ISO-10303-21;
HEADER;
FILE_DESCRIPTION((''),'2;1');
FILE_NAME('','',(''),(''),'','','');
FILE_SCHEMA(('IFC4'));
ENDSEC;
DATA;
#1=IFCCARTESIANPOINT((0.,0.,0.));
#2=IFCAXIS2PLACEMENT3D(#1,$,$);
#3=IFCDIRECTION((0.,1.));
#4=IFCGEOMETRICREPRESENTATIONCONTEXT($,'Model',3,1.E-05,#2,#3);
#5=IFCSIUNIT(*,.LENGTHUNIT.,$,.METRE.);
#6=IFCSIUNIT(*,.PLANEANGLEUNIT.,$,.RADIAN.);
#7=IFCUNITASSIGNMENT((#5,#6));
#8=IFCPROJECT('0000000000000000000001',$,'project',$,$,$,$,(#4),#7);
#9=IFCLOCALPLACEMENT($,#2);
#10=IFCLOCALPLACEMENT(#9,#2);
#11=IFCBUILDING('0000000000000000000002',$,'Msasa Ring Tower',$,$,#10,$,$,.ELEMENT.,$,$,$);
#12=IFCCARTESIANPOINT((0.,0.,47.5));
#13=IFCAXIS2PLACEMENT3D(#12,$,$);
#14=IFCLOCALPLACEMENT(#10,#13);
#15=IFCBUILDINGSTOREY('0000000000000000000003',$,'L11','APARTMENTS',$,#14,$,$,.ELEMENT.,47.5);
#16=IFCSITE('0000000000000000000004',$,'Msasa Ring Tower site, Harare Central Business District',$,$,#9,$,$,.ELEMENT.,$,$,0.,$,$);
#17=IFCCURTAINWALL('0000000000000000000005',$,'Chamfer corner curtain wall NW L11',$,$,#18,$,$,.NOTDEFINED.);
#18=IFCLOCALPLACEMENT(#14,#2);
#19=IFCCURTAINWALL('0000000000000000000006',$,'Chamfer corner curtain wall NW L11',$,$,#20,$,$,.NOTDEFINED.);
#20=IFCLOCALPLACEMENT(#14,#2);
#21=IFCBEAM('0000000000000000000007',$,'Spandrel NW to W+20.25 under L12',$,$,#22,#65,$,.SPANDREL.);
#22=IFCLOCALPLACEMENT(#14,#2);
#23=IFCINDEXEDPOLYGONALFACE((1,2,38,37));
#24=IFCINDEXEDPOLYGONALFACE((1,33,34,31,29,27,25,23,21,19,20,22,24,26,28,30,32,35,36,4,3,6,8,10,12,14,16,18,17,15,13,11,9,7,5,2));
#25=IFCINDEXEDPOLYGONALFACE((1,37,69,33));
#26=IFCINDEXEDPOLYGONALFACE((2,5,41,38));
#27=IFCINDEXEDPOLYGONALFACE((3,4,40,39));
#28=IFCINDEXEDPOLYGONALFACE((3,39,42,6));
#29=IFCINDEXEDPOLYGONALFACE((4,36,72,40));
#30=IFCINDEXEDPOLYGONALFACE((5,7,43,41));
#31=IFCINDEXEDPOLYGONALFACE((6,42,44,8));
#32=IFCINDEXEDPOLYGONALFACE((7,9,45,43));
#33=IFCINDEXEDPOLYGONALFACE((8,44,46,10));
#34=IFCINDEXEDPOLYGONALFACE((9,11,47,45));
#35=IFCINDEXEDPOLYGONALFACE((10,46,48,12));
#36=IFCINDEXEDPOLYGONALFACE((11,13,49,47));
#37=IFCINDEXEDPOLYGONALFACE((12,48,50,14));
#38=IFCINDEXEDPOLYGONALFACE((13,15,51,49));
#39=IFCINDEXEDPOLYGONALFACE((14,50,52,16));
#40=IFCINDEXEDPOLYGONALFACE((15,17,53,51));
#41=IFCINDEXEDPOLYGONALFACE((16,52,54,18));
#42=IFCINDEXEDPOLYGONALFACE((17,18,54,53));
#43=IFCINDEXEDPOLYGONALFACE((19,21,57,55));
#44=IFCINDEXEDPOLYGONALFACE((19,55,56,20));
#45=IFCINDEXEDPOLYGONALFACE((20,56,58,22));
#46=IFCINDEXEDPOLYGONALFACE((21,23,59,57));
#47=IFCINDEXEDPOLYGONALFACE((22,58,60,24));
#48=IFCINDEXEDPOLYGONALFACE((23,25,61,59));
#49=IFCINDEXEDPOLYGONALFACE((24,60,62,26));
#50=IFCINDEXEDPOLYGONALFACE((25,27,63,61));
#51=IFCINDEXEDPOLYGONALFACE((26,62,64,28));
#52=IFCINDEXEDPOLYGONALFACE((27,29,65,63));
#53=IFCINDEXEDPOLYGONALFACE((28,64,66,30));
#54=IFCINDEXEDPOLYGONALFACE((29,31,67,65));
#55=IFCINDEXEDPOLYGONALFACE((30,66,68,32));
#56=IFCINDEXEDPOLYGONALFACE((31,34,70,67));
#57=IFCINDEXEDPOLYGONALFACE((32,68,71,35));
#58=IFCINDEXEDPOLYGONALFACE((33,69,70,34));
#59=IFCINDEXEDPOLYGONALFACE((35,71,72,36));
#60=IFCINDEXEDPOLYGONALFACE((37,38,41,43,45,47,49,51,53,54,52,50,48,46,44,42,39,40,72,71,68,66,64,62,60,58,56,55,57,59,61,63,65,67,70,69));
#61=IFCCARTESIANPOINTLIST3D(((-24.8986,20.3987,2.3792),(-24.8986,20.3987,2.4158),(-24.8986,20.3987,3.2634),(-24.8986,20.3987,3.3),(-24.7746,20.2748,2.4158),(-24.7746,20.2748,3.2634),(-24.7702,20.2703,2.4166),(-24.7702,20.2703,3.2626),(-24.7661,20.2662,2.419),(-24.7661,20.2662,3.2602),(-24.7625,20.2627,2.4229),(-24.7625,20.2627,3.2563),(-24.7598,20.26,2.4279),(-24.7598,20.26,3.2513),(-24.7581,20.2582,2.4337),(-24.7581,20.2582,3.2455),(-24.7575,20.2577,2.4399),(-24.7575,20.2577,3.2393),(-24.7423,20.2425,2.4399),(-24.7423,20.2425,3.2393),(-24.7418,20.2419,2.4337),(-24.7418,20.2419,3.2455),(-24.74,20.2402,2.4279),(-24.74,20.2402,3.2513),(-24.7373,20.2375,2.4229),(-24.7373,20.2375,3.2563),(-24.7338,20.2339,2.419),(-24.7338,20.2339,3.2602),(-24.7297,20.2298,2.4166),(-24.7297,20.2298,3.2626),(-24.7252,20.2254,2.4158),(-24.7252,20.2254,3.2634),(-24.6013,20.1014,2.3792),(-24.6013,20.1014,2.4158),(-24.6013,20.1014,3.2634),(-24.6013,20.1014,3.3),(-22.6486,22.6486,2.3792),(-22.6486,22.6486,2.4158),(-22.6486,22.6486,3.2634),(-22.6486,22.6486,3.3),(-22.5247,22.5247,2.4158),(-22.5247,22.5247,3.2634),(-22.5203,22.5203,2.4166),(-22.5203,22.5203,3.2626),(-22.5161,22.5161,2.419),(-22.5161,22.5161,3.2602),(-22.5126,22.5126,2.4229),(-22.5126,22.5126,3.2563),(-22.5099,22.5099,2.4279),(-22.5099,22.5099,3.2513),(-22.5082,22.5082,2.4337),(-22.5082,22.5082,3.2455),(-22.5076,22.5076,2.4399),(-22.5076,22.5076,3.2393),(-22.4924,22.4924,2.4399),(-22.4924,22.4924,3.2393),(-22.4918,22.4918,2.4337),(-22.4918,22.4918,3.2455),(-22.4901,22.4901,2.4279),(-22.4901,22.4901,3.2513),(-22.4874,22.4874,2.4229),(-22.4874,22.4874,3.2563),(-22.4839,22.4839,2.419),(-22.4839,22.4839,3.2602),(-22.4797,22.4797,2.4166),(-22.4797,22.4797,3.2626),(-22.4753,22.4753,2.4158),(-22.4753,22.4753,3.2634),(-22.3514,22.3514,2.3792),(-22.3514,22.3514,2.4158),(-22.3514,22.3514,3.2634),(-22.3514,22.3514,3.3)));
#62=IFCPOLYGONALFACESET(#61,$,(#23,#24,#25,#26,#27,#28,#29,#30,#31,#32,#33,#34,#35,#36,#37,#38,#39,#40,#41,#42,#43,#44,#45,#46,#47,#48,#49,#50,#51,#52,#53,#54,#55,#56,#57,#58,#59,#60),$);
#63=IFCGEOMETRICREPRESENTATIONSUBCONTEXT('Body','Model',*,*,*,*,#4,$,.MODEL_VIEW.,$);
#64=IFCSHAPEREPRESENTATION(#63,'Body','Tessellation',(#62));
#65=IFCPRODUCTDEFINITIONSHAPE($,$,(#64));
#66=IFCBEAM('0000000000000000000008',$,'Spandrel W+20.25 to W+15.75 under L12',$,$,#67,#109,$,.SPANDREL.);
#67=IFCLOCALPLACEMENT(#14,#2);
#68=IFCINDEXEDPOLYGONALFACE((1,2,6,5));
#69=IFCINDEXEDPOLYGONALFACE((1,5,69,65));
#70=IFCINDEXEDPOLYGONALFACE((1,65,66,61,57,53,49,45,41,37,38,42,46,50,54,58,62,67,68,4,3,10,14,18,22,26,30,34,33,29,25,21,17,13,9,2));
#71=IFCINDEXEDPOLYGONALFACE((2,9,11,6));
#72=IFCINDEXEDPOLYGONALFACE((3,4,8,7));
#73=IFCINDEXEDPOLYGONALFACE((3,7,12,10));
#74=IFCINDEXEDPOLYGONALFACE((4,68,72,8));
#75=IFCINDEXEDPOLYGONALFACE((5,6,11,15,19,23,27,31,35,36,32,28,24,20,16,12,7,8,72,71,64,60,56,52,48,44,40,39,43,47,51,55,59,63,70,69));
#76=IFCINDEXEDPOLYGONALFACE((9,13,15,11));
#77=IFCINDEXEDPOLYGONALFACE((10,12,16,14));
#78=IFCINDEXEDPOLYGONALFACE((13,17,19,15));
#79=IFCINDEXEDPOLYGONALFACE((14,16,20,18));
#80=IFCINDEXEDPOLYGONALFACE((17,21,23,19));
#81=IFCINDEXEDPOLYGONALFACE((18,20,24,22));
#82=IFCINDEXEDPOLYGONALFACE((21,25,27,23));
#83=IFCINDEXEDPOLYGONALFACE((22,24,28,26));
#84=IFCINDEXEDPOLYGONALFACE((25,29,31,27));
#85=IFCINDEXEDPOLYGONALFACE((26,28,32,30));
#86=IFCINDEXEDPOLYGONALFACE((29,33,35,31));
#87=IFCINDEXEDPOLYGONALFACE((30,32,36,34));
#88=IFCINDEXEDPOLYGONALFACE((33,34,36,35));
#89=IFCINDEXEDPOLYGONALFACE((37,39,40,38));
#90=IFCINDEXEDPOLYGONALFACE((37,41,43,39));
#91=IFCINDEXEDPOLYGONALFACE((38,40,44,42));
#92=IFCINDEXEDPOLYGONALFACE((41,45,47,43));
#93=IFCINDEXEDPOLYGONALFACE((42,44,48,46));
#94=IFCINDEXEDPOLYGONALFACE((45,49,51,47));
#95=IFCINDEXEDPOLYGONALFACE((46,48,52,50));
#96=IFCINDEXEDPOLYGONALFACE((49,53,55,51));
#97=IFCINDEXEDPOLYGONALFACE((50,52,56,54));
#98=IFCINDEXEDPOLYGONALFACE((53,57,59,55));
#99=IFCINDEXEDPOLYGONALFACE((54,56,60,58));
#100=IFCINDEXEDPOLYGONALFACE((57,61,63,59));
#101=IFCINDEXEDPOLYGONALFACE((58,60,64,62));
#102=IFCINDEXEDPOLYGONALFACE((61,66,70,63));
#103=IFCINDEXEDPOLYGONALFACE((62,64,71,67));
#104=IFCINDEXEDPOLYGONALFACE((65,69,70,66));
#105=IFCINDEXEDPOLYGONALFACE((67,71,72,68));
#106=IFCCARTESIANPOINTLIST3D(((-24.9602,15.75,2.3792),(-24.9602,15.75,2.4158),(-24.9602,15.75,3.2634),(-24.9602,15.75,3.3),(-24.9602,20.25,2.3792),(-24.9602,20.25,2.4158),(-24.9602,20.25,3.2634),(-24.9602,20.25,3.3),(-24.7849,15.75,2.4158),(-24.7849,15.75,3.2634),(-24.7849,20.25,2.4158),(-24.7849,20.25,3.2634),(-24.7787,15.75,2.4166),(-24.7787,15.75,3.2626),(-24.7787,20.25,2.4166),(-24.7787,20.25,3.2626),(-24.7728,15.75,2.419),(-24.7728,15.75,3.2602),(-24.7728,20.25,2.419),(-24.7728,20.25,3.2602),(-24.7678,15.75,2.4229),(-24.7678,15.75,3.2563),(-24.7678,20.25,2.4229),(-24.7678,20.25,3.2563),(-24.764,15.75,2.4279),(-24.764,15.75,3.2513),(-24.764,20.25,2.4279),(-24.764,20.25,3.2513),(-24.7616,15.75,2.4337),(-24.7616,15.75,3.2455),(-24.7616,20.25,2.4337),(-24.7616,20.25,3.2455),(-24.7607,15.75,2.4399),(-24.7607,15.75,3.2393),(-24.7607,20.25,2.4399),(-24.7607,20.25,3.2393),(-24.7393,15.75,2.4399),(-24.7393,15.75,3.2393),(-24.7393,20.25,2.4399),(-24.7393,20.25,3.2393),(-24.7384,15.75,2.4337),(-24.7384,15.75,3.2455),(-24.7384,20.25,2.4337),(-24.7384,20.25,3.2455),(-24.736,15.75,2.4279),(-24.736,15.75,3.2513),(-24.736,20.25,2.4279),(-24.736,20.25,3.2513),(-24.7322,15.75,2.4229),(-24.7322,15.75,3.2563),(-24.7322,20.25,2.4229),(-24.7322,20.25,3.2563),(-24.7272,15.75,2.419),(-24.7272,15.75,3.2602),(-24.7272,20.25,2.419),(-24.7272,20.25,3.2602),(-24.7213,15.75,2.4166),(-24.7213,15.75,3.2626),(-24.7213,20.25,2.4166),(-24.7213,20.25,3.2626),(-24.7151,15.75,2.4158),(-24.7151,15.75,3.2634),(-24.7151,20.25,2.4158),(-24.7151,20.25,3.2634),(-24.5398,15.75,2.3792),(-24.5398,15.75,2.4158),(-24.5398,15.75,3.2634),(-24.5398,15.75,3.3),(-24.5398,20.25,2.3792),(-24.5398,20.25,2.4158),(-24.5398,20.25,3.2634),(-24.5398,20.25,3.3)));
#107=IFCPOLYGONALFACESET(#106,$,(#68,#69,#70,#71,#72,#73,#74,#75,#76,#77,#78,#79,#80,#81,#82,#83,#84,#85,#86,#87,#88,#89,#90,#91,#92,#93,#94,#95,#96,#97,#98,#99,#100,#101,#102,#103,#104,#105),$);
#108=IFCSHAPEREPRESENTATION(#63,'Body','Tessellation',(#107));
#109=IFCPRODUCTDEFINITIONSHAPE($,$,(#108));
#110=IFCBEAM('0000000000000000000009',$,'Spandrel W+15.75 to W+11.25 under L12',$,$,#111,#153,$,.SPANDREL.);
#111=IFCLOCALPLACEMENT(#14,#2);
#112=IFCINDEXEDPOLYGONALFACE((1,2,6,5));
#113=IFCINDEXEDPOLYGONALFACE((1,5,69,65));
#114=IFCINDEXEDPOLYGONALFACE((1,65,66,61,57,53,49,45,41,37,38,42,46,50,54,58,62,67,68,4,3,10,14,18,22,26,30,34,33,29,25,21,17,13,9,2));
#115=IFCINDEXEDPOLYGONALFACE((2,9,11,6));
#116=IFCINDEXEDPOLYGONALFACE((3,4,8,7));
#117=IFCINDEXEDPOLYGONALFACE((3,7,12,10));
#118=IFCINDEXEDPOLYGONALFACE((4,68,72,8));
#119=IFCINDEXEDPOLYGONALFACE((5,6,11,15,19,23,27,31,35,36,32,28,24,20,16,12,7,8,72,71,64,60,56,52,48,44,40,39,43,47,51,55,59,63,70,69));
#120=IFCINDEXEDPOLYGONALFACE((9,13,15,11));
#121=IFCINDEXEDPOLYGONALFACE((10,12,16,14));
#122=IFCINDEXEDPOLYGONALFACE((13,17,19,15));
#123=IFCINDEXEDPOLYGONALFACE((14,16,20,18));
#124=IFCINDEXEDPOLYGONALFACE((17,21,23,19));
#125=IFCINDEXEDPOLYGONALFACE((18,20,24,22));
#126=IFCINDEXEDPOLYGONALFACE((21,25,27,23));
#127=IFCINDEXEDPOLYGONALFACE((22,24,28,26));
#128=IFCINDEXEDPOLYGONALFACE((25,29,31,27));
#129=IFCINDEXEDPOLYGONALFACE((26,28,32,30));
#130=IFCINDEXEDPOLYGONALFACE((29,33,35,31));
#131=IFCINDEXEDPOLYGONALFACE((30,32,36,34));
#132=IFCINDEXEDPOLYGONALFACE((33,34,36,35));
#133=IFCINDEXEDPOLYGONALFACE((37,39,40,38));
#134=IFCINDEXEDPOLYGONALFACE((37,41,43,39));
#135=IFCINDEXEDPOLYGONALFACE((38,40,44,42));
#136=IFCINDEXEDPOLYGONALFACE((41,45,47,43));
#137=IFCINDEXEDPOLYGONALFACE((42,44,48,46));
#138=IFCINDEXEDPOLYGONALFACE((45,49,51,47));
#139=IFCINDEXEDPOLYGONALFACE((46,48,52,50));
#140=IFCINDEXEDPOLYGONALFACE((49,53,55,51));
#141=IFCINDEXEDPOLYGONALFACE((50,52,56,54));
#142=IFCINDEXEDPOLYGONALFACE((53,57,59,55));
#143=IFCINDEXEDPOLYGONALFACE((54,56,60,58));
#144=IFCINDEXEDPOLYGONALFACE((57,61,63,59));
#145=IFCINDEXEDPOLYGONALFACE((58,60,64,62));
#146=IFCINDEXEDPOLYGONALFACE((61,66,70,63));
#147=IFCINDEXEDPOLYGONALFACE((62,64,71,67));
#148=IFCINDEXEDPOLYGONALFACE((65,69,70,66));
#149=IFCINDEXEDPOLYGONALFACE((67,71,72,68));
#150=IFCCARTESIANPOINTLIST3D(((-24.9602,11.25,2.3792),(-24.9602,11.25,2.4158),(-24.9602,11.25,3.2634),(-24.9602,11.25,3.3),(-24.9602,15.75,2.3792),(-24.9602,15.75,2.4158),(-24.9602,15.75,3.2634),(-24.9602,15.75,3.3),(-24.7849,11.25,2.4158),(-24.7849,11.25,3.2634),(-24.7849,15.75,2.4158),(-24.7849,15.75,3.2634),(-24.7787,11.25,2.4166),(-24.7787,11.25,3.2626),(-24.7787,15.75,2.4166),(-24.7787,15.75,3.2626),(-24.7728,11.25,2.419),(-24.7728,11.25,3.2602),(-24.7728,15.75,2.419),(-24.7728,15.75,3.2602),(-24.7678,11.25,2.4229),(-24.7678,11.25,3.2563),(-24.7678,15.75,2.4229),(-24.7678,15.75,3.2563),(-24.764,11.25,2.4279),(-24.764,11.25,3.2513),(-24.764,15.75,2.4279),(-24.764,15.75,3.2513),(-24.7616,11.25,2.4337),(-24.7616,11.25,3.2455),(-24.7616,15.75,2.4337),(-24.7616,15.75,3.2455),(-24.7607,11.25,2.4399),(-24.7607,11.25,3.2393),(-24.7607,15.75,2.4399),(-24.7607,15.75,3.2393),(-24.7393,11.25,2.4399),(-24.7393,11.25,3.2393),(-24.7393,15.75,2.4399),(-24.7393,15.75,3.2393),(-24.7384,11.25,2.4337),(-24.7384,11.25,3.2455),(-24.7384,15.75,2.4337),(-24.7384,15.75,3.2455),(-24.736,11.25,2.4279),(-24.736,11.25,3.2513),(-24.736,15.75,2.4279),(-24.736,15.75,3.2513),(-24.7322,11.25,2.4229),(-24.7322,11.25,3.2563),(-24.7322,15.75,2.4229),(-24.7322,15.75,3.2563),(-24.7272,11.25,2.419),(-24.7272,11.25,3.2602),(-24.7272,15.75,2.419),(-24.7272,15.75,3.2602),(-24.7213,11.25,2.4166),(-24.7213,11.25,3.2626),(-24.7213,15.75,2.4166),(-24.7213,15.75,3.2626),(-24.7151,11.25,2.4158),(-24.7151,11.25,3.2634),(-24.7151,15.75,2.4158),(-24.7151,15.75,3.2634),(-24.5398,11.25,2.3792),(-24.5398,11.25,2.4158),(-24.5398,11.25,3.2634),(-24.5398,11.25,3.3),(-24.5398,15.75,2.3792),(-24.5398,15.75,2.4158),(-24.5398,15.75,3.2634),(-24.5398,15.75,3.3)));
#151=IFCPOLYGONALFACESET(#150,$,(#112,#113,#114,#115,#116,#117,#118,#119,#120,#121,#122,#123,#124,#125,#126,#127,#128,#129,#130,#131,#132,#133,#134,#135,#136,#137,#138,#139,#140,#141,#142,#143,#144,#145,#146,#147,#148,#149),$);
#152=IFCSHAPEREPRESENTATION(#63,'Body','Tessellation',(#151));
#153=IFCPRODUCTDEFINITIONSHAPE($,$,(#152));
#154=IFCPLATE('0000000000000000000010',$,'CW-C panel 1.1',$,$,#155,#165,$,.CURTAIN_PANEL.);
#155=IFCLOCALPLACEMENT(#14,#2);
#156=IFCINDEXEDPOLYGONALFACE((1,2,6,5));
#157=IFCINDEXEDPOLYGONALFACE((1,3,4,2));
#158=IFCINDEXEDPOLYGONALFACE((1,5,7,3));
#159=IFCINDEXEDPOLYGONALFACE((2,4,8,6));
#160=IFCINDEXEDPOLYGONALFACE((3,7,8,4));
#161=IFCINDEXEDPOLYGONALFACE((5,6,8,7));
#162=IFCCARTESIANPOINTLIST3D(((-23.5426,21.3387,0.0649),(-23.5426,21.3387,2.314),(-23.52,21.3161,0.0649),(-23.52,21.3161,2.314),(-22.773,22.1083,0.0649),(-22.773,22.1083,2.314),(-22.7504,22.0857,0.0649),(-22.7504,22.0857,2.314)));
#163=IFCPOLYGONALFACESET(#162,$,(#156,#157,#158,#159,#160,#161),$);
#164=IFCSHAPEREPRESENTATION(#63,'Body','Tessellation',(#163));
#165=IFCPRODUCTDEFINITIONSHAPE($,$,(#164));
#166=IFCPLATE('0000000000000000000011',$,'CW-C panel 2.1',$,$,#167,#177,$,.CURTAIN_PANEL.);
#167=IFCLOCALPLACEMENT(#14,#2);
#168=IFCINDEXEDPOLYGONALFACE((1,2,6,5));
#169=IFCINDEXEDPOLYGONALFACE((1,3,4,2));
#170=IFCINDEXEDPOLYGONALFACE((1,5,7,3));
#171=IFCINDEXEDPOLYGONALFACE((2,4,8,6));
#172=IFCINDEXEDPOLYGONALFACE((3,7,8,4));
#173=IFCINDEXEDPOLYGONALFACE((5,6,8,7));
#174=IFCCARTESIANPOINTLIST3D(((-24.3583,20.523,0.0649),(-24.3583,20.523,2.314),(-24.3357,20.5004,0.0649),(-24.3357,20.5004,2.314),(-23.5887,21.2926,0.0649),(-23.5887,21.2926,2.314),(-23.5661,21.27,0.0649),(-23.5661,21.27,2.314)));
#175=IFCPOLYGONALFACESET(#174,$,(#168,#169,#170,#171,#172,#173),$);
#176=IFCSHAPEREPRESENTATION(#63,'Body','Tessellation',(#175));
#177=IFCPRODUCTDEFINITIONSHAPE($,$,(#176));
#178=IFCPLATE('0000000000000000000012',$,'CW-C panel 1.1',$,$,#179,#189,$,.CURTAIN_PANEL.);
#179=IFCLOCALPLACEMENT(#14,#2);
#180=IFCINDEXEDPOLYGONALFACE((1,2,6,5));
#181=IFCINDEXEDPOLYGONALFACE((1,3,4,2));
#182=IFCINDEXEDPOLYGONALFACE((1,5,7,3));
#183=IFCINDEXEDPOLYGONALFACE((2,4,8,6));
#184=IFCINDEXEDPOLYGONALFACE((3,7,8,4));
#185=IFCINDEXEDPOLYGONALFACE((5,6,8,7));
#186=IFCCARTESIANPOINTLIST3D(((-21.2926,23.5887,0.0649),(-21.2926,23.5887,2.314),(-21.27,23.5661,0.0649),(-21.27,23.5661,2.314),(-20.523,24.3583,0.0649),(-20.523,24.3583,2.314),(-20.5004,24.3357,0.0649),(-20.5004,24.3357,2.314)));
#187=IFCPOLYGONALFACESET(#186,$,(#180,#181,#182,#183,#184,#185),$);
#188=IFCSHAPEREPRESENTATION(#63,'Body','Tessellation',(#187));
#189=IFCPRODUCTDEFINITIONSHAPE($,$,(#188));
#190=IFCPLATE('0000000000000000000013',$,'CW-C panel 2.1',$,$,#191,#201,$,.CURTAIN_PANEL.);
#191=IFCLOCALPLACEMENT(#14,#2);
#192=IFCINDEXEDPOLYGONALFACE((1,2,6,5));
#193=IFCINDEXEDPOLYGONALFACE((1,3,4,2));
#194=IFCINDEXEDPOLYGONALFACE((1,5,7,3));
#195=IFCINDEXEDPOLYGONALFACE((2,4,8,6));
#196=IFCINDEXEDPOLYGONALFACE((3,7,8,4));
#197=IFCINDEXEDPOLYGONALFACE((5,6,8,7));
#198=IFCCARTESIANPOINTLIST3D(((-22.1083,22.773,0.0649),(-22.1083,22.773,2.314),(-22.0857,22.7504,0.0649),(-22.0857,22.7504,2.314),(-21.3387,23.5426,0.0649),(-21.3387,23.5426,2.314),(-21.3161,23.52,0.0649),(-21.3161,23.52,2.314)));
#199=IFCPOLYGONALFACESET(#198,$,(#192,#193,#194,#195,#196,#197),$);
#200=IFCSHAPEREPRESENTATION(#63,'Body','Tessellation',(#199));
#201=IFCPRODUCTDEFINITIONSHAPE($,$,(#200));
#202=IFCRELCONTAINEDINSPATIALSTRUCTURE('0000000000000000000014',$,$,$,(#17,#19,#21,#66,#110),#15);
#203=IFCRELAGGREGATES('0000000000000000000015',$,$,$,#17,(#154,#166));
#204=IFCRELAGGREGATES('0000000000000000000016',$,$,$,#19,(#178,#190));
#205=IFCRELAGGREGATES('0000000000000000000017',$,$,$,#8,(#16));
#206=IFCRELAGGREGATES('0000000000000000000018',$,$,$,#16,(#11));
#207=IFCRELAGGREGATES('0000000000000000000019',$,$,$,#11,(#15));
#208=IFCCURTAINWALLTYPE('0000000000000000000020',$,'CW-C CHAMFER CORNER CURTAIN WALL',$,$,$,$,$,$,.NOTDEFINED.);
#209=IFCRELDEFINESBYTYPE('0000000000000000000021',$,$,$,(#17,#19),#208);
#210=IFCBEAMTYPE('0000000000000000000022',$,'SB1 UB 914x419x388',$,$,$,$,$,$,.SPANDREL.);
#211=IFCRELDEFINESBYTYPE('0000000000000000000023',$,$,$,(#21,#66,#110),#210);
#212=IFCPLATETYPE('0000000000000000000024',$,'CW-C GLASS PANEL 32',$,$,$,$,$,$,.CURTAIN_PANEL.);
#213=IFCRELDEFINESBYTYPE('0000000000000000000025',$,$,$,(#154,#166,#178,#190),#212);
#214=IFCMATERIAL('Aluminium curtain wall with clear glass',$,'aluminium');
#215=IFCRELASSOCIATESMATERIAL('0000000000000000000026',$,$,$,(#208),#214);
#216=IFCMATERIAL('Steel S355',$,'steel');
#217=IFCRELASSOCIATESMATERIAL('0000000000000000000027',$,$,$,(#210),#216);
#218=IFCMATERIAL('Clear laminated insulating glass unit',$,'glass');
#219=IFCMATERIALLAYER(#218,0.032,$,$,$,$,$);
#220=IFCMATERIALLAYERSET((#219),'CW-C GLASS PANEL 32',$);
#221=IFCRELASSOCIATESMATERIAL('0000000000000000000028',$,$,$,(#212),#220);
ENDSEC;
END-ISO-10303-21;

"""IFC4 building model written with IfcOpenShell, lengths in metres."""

from ifc_helpers import new_model, si_unit, direction, frame, origin, origin_2d, place, context, subcontext, project, spatial, rectangle, i_section, extrude, material, layer, layer_set, material_profile, profile_set, type_object, element, aggregate, save


model = new_model("IFC4")

# Units and contexts
model_context = context("Model", 3, precision=1e-05, world=origin(), true_north=direction((0.0, 1.0)))
body_context = subcontext(model_context, "Body", "Model", "MODEL_VIEW")
ifc_project = project(units=[si_unit("LENGTHUNIT", "METRE"), si_unit("PLANEANGLEUNIT", "RADIAN")], contexts=[model_context])

# Site, building, storey
site_placement = place(None, origin())
site = spatial("IfcSite", under=ifc_project, at=site_placement, Name="Msasa Ring Tower site, Harare Central Business District", CompositionType="ELEMENT", RefElevation=0.0)
building_placement = place(site_placement, origin())
building = spatial("IfcBuilding", under=site, at=building_placement, Name="Msasa Ring Tower", CompositionType="ELEMENT")
storey_placement = place(building_placement, frame((0.0, 0.0, 47.5)))
storey = spatial("IfcBuildingStorey", under=building, at=storey_placement, Name="L11", Description="APARTMENTS", CompositionType="ELEMENT", Elevation=47.5)

# Curtain walls
ifc_material_1 = material(Name="Aluminium curtain wall with clear glass", Category="aluminium")
curtain_wall_type = type_object("IfcCurtainWallType", Name="CW-C CHAMFER CORNER CURTAIN WALL", PredefinedType="NOTDEFINED", material=ifc_material_1)
curtain_wall_1_placement = place(storey_placement, origin())
curtain_wall_1 = element("IfcCurtainWall", 1, at=curtain_wall_1_placement, inside=storey, type_object=curtain_wall_type, Name="Chamfer corner curtain wall NW L11", PredefinedType="NOTDEFINED")
curtain_wall_2_placement = place(storey_placement, origin())
curtain_wall_2 = element("IfcCurtainWall", 2, at=curtain_wall_2_placement, inside=storey, type_object=curtain_wall_type, Name="Chamfer corner curtain wall NW L11", PredefinedType="NOTDEFINED")

# Beams
ifc_material_2 = material(Name="Steel S355", Category="steel")
ifc_material_profile_1 = material_profile(ifc_material_2, i_section(OverallWidth=0.4204, OverallDepth=0.9209, WebThickness=0.0215, FlangeThickness=0.0366, FilletRadius=0.0242, at=origin_2d()), Name="UB 914x419x388")
ifc_profile_set_1 = profile_set([ifc_material_profile_1], Name="Steel S355")
beam_type_1 = type_object("IfcBeamType", Name="SB1 UB 914x419x388", PredefinedType="SPANDREL", material=ifc_profile_set_1)
for number, where, z_axis, x_axis, name in (
    (3, (-22.5, 22.5, 2.8396), (-0.707107, -0.707107, 0.0), (0.707107, -0.707107, 0.0), "Spandrel NW to W+20.25 under L12"),
):
    element("IfcBeam", number, at=place(storey_placement, frame(where, z_axis=z_axis, x_axis=x_axis)), inside=storey, type_object=beam_type_1, Name=name, PredefinedType="SPANDREL", context=body_context, shape_type="SweptSolid", body=[
        extrude(i_section(OverallWidth=0.4204, OverallDepth=0.9209, WebThickness=0.0215, FlangeThickness=0.0366, FilletRadius=0.0242, at=origin_2d()), origin(), (0.0, 0.0, 1.0), 3.1819),
    ])
for number, where, z_axis, x_axis, name in (
    (4, (-24.75, 20.25, 2.8396), (0.0, -1.0, 0.0), (1.0, 0.0, 0.0), "Spandrel W+20.25 to W+15.75 under L12"),
    (5, (-24.75, 15.75, 2.8396), (0.0, -1.0, 0.0), (1.0, 0.0, 0.0), "Spandrel W+15.75 to W+11.25 under L12"),
):
    element("IfcBeam", number, at=place(storey_placement, frame(where, z_axis=z_axis, x_axis=x_axis)), inside=storey, type_object=beam_type_1, Name=name, PredefinedType="SPANDREL", context=body_context, shape_type="SweptSolid", body=[
        extrude(i_section(OverallWidth=0.4204, OverallDepth=0.9209, WebThickness=0.0215, FlangeThickness=0.0366, FilletRadius=0.0242, at=origin_2d()), origin(), (0.0, 0.0, 1.0), 4.5),
    ])

# Plates
ifc_material_3 = material(Name="Clear laminated insulating glass unit", Category="glass")
ifc_layer_1 = layer(ifc_material_3, 0.032)
ifc_layer_set_1 = layer_set([ifc_layer_1], Name="CW-C GLASS PANEL 32")
plate_type = type_object("IfcPlateType", Name="CW-C GLASS PANEL 32", PredefinedType="CURTAIN_PANEL", material=ifc_layer_set_1)
plate_1_placement = place(storey_placement, frame((-23.1465, 21.7122, 0.0649), z_axis=(0.0, 0.0, 1.0), x_axis=(-0.707107, -0.707107, 0.0)))
plate_1 = element("IfcPlate", 6, at=plate_1_placement, type_object=plate_type, Name="CW-C panel 1.1", PredefinedType="CURTAIN_PANEL", context=body_context, shape_type="SweptSolid", body=[
    extrude(rectangle(XDim=1.0884, YDim=0.032, at=origin_2d()), origin(), (0.0, 0.0, 1.0), 2.249),
])
plate_2_placement = place(storey_placement, frame((-23.9622, 20.8965, 0.0649), z_axis=(0.0, 0.0, 1.0), x_axis=(-0.707107, -0.707107, 0.0)))
plate_2 = element("IfcPlate", 7, at=plate_2_placement, type_object=plate_type, Name="CW-C panel 2.1", PredefinedType="CURTAIN_PANEL", context=body_context, shape_type="SweptSolid", body=[
    extrude(rectangle(XDim=1.0884, YDim=0.032, at=origin_2d()), origin(), (0.0, 0.0, 1.0), 2.249),
])
aggregate(curtain_wall_1, [plate_1, plate_2])
plate_3_placement = place(storey_placement, frame((-20.8965, 23.9622, 0.0649), z_axis=(0.0, 0.0, 1.0), x_axis=(-0.707107, -0.707107, 0.0)))
plate_3 = element("IfcPlate", 8, at=plate_3_placement, type_object=plate_type, Name="CW-C panel 1.1", PredefinedType="CURTAIN_PANEL", context=body_context, shape_type="SweptSolid", body=[
    extrude(rectangle(XDim=1.0884, YDim=0.032, at=origin_2d()), origin(), (0.0, 0.0, 1.0), 2.249),
])
plate_4_placement = place(storey_placement, frame((-21.7122, 23.1465, 0.0649), z_axis=(0.0, 0.0, 1.0), x_axis=(-0.707107, -0.707107, 0.0)))
plate_4 = element("IfcPlate", 9, at=plate_4_placement, type_object=plate_type, Name="CW-C panel 2.1", PredefinedType="CURTAIN_PANEL", context=body_context, shape_type="SweptSolid", body=[
    extrude(rectangle(XDim=1.0884, YDim=0.032, at=origin_2d()), origin(), (0.0, 0.0, 1.0), 2.249),
])
aggregate(curtain_wall_2, [plate_3, plate_4])

save(model, "model.ifc")
